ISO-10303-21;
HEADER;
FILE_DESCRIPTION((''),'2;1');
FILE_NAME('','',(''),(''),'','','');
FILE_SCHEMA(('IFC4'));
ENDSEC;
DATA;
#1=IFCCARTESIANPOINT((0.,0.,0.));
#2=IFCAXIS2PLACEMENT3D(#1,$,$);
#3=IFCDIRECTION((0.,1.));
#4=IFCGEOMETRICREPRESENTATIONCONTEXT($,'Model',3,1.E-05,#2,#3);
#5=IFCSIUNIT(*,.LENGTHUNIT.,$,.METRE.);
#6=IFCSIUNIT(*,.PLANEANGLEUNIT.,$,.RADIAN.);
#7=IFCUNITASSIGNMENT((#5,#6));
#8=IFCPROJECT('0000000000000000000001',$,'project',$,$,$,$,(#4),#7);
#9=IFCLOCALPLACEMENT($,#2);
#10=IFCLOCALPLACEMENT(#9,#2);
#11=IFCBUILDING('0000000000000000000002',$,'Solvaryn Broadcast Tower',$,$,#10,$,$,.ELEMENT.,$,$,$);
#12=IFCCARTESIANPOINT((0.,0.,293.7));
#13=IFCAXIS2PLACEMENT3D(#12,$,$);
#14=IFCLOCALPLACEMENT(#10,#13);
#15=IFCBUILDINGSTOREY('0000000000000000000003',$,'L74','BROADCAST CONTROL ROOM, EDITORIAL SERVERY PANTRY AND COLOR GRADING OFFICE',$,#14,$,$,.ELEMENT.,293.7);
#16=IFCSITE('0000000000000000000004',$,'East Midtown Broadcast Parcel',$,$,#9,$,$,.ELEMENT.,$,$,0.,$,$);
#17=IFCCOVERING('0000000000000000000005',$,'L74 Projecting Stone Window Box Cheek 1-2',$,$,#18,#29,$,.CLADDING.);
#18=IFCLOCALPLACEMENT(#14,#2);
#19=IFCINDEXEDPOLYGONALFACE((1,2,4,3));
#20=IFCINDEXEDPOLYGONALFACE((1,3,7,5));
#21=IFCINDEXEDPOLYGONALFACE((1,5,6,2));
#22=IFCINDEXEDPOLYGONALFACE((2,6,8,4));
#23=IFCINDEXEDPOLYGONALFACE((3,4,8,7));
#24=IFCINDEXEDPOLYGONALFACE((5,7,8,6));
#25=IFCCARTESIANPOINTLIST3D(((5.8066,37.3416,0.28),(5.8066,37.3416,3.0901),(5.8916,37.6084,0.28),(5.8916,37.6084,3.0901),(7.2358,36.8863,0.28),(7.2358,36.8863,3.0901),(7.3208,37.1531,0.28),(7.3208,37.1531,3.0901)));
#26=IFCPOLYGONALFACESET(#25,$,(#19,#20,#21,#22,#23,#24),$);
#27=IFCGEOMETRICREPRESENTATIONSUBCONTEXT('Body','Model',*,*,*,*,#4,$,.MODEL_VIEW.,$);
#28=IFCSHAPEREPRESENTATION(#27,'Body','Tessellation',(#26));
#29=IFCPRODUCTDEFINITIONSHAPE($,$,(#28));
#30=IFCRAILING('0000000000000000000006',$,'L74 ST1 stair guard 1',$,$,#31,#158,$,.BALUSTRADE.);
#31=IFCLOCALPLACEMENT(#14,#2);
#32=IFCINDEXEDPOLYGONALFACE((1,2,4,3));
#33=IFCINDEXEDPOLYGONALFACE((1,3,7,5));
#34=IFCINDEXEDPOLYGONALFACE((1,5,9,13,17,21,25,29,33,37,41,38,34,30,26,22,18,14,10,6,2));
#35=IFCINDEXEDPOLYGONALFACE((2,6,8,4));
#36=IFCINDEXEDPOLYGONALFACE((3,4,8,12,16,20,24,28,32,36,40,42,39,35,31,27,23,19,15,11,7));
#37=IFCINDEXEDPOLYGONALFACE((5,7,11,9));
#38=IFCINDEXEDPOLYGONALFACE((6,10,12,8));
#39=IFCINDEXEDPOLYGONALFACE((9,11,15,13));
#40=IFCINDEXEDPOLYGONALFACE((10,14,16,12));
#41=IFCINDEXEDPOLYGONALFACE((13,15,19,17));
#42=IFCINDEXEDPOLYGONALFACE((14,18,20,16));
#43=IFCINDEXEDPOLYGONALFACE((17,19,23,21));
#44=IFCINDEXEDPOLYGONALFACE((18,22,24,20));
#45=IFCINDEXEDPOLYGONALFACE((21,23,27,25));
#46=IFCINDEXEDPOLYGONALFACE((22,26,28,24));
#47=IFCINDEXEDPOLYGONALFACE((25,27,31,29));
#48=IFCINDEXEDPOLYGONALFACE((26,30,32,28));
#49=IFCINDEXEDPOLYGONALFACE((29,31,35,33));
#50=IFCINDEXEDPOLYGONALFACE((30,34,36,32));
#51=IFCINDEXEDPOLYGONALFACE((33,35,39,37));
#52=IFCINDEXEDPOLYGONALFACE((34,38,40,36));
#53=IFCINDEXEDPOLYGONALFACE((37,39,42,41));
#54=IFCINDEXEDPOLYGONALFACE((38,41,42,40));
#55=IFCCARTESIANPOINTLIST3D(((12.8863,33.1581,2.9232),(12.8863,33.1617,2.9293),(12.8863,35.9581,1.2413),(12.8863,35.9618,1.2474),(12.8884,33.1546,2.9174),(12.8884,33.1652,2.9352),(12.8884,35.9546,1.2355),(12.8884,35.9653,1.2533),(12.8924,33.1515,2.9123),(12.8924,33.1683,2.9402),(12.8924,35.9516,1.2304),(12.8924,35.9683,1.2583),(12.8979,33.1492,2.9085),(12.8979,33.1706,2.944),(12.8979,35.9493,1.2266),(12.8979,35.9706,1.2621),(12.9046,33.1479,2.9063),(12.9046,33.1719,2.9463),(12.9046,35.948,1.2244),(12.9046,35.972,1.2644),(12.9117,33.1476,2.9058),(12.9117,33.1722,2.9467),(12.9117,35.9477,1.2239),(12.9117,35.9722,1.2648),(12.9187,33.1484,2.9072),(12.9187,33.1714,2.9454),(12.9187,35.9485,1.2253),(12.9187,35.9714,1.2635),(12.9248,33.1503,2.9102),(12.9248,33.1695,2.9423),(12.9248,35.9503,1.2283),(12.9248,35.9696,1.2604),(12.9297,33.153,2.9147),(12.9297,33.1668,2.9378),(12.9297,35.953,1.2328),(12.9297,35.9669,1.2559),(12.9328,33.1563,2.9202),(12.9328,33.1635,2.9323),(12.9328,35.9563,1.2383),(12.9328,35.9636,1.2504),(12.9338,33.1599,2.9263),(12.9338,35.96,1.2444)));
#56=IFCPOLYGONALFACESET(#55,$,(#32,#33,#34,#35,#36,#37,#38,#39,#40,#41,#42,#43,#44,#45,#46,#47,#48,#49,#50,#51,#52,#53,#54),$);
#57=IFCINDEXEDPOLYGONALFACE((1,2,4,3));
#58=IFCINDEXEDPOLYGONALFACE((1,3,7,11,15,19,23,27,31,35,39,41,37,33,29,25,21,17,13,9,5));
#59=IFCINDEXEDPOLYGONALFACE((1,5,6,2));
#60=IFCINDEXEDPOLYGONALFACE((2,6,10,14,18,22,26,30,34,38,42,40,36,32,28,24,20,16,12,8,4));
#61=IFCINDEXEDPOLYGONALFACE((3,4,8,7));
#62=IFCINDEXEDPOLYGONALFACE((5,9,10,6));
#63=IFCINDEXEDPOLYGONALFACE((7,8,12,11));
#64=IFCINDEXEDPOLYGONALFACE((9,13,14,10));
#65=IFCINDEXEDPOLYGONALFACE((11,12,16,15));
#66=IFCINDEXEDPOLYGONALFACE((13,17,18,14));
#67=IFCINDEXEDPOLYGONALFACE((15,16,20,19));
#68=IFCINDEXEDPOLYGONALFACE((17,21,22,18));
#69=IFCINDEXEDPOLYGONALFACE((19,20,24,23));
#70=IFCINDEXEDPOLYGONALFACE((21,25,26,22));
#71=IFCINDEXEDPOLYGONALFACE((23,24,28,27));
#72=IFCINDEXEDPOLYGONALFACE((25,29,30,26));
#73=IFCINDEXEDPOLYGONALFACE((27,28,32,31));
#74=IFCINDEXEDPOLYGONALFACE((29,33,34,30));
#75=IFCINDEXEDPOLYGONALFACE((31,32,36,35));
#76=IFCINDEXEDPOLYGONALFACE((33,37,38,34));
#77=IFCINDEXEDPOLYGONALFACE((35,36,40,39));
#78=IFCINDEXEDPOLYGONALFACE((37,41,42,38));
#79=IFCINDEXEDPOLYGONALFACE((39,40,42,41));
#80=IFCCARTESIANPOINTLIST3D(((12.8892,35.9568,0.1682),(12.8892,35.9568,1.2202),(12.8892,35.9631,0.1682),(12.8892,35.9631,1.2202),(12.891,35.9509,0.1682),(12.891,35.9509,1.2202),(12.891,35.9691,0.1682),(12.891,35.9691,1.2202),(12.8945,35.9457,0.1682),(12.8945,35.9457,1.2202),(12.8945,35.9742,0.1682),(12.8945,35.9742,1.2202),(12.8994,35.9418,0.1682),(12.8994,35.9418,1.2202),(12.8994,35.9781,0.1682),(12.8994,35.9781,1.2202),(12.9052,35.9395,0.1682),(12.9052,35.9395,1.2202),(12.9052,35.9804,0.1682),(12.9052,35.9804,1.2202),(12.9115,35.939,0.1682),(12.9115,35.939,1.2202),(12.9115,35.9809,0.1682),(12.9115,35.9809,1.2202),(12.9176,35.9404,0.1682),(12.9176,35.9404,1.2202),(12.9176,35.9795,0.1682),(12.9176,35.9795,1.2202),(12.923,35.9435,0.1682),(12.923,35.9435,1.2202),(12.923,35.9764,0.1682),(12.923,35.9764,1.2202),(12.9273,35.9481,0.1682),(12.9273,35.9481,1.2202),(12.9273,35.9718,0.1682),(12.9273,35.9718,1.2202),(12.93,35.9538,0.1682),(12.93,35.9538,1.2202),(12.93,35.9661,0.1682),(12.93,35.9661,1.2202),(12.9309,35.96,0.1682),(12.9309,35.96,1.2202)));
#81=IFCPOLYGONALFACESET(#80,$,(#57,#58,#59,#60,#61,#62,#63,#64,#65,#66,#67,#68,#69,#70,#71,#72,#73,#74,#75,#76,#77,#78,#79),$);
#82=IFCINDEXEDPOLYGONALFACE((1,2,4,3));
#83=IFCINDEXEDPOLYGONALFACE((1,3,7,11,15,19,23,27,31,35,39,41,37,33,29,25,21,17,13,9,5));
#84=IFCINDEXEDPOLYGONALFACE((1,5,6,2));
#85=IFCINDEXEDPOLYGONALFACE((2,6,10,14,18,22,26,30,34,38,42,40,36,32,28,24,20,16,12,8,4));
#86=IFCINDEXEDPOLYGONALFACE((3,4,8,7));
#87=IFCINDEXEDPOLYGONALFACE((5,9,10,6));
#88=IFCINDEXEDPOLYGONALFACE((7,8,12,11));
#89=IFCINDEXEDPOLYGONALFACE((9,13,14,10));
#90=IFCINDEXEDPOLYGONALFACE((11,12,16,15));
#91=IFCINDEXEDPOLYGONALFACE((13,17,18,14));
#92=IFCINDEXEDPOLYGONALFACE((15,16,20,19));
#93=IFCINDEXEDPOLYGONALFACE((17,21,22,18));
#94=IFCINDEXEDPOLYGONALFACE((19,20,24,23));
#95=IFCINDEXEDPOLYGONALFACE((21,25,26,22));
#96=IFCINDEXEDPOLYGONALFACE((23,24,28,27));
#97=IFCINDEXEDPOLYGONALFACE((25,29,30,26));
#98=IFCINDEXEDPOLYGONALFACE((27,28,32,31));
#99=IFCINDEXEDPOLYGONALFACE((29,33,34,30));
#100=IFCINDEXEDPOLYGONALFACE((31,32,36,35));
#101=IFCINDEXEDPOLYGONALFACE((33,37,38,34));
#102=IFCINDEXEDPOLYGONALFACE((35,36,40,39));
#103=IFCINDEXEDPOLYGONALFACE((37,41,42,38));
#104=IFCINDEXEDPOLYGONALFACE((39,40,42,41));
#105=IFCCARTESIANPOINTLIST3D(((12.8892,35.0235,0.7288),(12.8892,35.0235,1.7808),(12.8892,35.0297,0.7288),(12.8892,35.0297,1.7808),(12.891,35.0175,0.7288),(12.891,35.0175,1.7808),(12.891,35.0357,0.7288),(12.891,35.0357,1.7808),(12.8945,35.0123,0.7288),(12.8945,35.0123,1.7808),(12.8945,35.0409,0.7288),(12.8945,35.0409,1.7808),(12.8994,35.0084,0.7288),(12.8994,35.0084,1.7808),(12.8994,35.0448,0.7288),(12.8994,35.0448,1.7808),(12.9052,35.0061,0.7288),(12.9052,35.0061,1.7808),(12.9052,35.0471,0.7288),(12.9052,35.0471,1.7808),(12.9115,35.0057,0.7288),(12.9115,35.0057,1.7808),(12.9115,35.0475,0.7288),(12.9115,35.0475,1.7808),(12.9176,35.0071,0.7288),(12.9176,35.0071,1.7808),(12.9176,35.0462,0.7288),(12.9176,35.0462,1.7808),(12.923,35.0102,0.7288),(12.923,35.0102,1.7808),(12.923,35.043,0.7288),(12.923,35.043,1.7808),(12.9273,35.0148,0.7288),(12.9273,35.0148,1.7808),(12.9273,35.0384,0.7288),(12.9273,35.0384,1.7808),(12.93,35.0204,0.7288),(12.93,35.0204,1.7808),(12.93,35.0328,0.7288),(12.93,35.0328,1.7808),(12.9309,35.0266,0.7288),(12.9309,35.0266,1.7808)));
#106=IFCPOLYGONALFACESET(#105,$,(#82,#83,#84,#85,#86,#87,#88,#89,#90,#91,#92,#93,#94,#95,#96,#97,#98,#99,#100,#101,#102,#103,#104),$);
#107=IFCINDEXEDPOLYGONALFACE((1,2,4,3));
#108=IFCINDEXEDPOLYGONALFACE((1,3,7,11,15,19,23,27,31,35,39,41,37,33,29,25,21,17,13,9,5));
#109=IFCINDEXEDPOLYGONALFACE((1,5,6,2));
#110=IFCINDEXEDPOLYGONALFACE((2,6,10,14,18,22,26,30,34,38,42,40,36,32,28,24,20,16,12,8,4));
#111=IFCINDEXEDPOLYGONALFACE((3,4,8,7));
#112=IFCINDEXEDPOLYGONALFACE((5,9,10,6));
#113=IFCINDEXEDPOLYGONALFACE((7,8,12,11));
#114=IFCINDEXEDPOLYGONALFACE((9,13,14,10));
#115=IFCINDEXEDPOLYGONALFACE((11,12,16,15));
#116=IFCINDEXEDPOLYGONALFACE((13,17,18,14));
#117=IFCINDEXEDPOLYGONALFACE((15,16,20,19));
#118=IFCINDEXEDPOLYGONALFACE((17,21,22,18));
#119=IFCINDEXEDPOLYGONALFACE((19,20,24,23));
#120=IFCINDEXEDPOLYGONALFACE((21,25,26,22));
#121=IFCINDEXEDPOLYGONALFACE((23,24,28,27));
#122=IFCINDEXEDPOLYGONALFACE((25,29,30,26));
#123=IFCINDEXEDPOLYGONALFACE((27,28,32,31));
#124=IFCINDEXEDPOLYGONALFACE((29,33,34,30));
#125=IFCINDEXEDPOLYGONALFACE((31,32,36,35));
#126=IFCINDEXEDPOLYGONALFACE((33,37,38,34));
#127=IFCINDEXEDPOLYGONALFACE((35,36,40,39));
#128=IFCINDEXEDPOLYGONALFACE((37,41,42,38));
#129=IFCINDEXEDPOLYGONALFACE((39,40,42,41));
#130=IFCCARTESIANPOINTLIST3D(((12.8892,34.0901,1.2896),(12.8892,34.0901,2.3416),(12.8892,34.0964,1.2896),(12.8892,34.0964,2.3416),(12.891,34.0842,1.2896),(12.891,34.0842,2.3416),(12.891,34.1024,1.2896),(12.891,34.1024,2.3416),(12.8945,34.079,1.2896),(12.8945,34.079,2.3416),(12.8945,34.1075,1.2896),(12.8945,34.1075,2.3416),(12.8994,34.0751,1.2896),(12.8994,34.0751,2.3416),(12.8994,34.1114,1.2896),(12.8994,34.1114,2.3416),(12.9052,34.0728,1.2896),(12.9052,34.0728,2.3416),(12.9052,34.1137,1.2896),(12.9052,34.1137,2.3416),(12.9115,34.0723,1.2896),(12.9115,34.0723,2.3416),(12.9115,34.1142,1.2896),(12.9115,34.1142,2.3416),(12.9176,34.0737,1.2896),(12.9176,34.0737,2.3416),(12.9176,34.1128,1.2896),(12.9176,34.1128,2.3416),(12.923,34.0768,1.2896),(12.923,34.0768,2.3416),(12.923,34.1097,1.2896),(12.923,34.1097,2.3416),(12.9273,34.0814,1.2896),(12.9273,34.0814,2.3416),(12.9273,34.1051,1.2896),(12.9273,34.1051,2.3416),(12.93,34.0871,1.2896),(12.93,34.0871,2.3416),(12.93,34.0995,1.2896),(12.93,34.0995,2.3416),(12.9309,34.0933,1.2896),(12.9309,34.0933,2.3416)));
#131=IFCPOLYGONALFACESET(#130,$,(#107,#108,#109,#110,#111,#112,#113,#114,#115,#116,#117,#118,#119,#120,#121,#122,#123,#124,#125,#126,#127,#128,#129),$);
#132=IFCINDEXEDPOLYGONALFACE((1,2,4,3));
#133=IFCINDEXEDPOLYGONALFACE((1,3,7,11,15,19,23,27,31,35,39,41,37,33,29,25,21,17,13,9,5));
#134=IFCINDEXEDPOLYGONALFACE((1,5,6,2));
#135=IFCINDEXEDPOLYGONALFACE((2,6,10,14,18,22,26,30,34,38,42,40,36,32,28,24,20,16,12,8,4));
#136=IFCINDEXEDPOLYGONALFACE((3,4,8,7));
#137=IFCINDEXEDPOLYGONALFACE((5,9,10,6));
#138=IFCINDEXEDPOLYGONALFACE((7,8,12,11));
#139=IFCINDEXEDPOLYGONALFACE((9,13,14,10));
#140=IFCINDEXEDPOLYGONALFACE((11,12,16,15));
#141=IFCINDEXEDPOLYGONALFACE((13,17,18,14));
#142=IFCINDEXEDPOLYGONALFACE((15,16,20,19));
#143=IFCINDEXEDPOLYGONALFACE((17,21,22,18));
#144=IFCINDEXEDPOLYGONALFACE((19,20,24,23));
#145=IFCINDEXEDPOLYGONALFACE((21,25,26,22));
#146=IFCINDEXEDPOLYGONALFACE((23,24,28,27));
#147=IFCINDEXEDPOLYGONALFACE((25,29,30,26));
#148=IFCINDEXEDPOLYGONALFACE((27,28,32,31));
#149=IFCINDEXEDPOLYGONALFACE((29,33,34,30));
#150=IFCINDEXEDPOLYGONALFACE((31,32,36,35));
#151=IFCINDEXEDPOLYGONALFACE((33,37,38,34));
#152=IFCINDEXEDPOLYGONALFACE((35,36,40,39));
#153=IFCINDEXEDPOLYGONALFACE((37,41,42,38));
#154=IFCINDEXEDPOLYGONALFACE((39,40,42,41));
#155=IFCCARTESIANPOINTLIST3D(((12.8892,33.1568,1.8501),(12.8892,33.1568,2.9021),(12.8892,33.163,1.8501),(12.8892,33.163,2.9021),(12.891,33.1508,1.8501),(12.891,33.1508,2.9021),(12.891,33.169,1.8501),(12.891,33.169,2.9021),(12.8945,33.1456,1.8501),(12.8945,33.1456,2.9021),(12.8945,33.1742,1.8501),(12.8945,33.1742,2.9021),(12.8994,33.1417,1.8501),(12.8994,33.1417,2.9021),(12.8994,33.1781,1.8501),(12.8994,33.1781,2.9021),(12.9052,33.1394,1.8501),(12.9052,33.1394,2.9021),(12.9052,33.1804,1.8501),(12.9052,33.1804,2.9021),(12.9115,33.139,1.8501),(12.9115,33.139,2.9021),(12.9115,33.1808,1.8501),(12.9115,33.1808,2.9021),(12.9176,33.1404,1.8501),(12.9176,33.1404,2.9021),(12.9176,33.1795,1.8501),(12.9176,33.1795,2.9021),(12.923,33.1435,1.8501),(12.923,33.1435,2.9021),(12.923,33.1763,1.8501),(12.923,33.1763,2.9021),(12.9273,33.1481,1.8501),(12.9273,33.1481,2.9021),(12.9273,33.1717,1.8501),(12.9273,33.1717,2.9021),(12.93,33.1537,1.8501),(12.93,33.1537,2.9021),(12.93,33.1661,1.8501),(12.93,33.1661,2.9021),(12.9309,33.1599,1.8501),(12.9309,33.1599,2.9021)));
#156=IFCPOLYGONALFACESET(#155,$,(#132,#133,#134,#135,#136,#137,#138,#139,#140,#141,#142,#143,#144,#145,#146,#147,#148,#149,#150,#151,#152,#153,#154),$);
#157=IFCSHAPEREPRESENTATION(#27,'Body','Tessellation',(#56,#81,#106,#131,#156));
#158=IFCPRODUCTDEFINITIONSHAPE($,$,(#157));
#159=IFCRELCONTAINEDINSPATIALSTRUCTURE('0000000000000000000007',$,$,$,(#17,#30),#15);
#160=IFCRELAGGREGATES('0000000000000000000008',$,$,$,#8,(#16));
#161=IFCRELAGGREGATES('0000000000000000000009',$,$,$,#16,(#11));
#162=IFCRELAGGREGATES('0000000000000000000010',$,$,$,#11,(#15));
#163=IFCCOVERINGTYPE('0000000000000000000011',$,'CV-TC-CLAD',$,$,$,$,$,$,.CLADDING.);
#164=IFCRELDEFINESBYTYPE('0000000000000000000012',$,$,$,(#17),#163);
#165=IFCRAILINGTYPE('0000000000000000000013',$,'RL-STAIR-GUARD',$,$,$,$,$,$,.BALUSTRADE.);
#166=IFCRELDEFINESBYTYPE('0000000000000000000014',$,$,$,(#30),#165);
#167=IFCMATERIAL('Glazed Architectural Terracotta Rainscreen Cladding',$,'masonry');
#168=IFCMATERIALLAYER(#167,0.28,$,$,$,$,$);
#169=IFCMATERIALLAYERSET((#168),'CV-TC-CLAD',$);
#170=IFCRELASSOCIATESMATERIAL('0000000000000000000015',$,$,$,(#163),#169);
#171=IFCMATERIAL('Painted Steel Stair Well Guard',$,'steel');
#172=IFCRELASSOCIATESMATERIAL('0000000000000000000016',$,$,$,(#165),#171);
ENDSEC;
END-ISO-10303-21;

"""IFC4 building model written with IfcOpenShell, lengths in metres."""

from ifc_helpers import new_model, si_unit, direction, frame, origin, origin_2d, place, context, subcontext, project, spatial, rectangle, circle, extrude, material, layer, layer_set, type_object, element, save


model = new_model("IFC4")

# Units and contexts
model_context = context("Model", 3, precision=1e-05, world=origin(), true_north=direction((0.0, 1.0)))
body_context = subcontext(model_context, "Body", "Model", "MODEL_VIEW")
ifc_project = project(units=[si_unit("LENGTHUNIT", "METRE"), si_unit("PLANEANGLEUNIT", "RADIAN")], contexts=[model_context])

# Site, building, storey
site_placement = place(None, origin())
site = spatial("IfcSite", under=ifc_project, at=site_placement, Name="East Midtown Broadcast Parcel", CompositionType="ELEMENT", RefElevation=0.0)
building_placement = place(site_placement, origin())
building = spatial("IfcBuilding", under=site, at=building_placement, Name="Solvaryn Broadcast Tower", CompositionType="ELEMENT")
storey_placement = place(building_placement, frame((0.0, 0.0, 293.7)))
storey = spatial("IfcBuildingStorey", under=building, at=storey_placement, Name="L74", Description="BROADCAST CONTROL ROOM, EDITORIAL SERVERY PANTRY AND COLOR GRADING OFFICE", CompositionType="ELEMENT", Elevation=293.7)

# Covering
ifc_material_1 = material(Name="Glazed Architectural Terracotta Rainscreen Cladding", Category="masonry")
ifc_layer_1 = layer(ifc_material_1, 0.28)
ifc_layer_set_1 = layer_set([ifc_layer_1], Name="CV-TC-CLAD")
covering_type = type_object("IfcCoveringType", Name="CV-TC-CLAD", PredefinedType="CLADDING", material=ifc_layer_set_1)
covering_placement = place(storey_placement, frame((6.5637, 37.2473, 0.28), z_axis=(0.0, 0.0, 1.0), x_axis=(-0.303534, -0.952821, 0.0)))
element("IfcCovering", 1, at=covering_placement, inside=storey, type_object=covering_type, Name="L74 Projecting Stone Window Box Cheek 1-2", PredefinedType="CLADDING", context=body_context, shape_type="SweptSolid", body=[
    extrude(rectangle(XDim=0.28, YDim=1.5, at=origin_2d()), origin(), (0.0, 0.0, 1.0), 2.8101),
])

# Railing
ifc_material_2 = material(Name="Painted Steel Stair Well Guard", Category="steel")
railing_type_1 = type_object("IfcRailingType", Name="RL-STAIR-GUARD", PredefinedType="BALUSTRADE", material=ifc_material_2)
railing_1_placement = place(storey_placement, frame((12.9099, 35.96, 0.1682)))
element("IfcRailing", 2, at=railing_1_placement, inside=storey, type_object=railing_type_1, Name="L74 ST1 stair guard 1", PredefinedType="BALUSTRADE", context=body_context, shape_type="SweptSolid", body=[
    extrude(circle(Radius=0.0239, at=origin_2d()), frame((0.0, 0.0, 1.0762), z_axis=(0.0, -0.857242, 0.514913), x_axis=(1.0, 0.0, 0.0)), (0.0, 0.0, 1.0), 3.2664),
    extrude(circle(Radius=0.021, at=origin_2d()), origin(), (0.0, 0.0, 1.0), 1.052),
    extrude(circle(Radius=0.021, at=origin_2d()), frame((0.0, -0.9333, 0.5605)), (0.0, 0.0, 1.0), 1.052),
    extrude(circle(Radius=0.021, at=origin_2d()), frame((0.0, -1.8667, 1.1213)), (0.0, 0.0, 1.0), 1.052),
    extrude(circle(Radius=0.021, at=origin_2d()), frame((0.0, -2.8, 1.6819)), (0.0, 0.0, 1.0), 1.052),
])

save(model, "model.ifc")
